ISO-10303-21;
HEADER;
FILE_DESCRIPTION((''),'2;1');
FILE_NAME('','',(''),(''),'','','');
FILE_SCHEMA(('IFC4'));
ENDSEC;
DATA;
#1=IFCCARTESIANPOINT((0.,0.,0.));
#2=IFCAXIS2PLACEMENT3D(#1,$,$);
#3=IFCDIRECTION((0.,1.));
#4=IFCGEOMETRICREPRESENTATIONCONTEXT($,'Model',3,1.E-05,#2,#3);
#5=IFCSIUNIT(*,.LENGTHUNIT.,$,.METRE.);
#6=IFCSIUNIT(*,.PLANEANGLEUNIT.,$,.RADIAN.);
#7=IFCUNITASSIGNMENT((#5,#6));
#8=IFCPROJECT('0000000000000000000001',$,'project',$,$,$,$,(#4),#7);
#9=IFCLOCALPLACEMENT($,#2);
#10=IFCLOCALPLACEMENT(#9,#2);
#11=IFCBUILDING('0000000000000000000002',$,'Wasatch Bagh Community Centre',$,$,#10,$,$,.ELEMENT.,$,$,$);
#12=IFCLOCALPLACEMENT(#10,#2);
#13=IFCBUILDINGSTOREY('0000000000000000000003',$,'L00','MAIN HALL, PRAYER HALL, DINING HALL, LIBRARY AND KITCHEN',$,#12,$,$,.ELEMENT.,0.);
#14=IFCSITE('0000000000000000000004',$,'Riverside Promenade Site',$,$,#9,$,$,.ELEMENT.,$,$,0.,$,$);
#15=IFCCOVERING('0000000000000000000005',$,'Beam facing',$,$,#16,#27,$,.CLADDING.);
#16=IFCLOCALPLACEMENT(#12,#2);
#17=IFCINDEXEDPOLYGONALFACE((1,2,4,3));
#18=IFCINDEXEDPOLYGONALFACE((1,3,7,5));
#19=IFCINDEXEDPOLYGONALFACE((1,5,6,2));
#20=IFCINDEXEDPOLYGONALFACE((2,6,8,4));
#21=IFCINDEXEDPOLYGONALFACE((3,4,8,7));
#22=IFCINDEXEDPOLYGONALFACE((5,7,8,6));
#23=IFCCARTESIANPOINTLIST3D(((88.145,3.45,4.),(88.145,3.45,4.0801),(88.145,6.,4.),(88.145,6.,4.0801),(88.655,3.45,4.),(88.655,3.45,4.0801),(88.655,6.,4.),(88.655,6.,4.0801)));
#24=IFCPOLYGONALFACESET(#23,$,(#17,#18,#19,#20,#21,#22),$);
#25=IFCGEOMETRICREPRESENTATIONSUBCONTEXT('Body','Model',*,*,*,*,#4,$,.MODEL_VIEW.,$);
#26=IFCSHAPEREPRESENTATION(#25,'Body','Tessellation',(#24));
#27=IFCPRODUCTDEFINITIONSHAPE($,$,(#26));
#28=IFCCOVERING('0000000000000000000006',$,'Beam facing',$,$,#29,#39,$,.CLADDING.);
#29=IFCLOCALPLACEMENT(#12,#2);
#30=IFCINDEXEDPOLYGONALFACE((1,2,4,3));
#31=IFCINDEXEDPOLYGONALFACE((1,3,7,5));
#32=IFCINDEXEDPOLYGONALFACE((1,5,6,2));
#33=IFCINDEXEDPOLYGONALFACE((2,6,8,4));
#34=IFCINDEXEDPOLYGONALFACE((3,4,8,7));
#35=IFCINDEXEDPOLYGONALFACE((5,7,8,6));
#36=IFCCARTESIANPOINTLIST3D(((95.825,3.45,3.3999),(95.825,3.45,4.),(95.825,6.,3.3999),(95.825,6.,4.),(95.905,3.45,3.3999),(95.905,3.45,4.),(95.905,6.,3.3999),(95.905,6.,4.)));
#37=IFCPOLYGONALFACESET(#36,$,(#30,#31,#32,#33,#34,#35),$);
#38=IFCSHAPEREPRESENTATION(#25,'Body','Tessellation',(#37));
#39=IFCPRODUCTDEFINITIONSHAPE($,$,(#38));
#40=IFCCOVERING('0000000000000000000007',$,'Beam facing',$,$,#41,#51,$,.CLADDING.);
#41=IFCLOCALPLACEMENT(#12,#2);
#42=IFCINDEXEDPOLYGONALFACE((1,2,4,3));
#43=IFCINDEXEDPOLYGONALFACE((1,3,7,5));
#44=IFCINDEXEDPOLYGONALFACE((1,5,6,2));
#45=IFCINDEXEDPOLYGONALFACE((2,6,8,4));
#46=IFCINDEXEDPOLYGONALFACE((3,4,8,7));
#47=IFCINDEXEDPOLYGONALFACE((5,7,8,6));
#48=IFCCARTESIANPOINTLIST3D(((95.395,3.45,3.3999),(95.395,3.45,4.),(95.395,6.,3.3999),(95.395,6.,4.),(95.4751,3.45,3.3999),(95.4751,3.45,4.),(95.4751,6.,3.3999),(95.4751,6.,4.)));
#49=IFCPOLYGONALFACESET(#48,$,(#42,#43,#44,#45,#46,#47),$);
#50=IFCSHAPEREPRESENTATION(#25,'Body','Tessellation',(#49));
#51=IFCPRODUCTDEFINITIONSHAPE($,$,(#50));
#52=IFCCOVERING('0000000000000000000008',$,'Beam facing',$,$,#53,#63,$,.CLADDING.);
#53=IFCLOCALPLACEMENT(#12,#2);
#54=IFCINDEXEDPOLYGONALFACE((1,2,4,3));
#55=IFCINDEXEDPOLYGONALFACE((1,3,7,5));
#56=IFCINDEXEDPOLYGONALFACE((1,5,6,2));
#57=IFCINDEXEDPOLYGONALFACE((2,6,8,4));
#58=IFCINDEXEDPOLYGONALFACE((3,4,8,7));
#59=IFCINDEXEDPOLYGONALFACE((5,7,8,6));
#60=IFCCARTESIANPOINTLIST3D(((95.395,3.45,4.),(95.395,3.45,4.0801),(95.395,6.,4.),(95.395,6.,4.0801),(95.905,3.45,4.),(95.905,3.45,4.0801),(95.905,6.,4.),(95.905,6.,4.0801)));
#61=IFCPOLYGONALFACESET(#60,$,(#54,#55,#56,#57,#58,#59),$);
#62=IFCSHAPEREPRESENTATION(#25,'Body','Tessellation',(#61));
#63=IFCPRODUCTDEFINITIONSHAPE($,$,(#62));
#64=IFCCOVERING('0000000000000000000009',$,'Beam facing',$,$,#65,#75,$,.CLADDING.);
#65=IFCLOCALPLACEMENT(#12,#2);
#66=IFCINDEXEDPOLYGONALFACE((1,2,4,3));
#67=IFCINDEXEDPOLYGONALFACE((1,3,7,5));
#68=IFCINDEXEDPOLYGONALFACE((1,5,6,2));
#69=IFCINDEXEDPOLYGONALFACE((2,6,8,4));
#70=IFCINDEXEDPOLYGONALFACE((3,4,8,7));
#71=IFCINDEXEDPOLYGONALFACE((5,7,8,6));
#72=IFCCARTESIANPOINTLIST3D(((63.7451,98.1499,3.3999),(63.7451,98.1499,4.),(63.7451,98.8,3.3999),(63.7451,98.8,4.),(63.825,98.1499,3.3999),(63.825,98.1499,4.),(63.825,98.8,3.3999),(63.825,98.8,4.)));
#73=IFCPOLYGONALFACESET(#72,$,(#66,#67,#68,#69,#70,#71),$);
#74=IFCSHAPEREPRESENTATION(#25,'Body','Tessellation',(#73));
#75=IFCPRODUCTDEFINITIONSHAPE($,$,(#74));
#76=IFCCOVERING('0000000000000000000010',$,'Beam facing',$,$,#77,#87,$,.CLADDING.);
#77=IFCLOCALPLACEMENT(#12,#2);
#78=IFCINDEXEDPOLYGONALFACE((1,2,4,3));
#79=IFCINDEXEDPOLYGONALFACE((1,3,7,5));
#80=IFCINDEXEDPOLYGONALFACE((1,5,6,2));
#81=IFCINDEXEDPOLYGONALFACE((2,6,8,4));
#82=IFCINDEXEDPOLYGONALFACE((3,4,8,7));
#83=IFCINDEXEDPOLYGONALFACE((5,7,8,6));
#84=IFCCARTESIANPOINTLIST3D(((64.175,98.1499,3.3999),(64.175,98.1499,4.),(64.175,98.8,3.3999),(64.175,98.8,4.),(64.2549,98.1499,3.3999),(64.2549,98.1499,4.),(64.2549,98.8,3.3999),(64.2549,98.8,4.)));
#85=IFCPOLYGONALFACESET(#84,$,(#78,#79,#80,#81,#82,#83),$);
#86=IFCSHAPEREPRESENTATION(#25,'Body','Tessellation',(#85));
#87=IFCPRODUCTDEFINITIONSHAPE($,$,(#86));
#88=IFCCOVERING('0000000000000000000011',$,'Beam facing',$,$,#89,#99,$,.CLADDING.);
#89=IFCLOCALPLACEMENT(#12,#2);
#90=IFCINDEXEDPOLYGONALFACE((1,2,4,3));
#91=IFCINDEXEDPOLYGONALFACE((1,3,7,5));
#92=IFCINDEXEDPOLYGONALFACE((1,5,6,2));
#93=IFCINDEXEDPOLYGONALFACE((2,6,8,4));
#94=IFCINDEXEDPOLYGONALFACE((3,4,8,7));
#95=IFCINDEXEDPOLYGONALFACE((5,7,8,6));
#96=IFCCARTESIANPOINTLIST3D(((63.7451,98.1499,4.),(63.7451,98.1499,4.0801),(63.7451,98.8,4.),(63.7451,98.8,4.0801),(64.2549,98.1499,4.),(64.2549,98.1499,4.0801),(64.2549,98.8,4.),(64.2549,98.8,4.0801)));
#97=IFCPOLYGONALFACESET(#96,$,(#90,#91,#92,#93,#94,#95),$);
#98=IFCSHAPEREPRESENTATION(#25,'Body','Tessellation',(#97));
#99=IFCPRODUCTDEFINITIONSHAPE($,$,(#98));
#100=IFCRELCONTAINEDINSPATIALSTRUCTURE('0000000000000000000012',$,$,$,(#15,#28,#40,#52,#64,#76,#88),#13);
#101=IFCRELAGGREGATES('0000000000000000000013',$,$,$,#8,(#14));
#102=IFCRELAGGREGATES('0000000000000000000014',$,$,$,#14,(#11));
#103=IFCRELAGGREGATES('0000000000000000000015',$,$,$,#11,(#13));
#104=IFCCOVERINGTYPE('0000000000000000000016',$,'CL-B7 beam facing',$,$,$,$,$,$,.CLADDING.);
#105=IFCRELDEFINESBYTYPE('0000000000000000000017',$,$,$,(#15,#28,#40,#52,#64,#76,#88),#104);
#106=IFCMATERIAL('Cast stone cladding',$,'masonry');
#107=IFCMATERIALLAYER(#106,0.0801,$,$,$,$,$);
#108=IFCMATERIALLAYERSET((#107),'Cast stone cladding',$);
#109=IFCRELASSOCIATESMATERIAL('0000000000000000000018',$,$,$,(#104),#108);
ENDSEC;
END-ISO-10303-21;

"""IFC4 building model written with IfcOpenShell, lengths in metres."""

from ifc_helpers import new_model, si_unit, direction, frame, origin, place, context, subcontext, project, spatial, polyline, outline, extrude, material, layer, layer_set, type_object, element, save


model = new_model("IFC4")

# Units and contexts
model_context = context("Model", 3, precision=1e-05, world=origin(), true_north=direction((0.0, 1.0)))
body_context = subcontext(model_context, "Body", "Model", "MODEL_VIEW")
ifc_project = project(units=[si_unit("LENGTHUNIT", "METRE"), si_unit("PLANEANGLEUNIT", "RADIAN")], contexts=[model_context])

# Site, building, storey
site_placement = place(None, origin())
site = spatial("IfcSite", under=ifc_project, at=site_placement, Name="Riverside Promenade Site", CompositionType="ELEMENT", RefElevation=0.0)
building_placement = place(site_placement, origin())
building = spatial("IfcBuilding", under=site, at=building_placement, Name="Wasatch Bagh Community Centre", CompositionType="ELEMENT")
storey_placement = place(building_placement, origin())
storey = spatial("IfcBuildingStorey", under=building, at=storey_placement, Name="L00", Description="MAIN HALL, PRAYER HALL, DINING HALL, LIBRARY AND KITCHEN", CompositionType="ELEMENT", Elevation=0.0)

# Coverings
ifc_material = material(Name="Cast stone cladding", Category="masonry")
ifc_layer = layer(ifc_material, 0.0801)
ifc_layer_set = layer_set([ifc_layer], Name="Cast stone cladding")
covering_type = type_object("IfcCoveringType", Name="CL-B7 beam facing", PredefinedType="CLADDING", material=ifc_layer_set)
covering_1_placement = place(storey_placement, frame((0.0, 0.0, 4.0)))
element("IfcCovering", 1, at=covering_1_placement, inside=storey, type_object=covering_type, Name="Beam facing", PredefinedType="CLADDING", context=body_context, shape_type="SweptSolid", body=[
    extrude(outline(polyline([(88.145, 6.0), (88.145, 3.45), (88.655, 3.45), (88.655, 6.0), (88.145, 6.0)])), origin(), (0.0, 0.0, 1.0), 0.0801),
])
covering_2_placement = place(storey_placement, frame((0.0, 0.0, 3.3999)))
element("IfcCovering", 2, at=covering_2_placement, inside=storey, type_object=covering_type, Name="Beam facing", PredefinedType="CLADDING", context=body_context, shape_type="SweptSolid", body=[
    extrude(outline(polyline([(95.825, 6.0), (95.825, 3.45), (95.905, 3.45), (95.905, 6.0), (95.825, 6.0)])), origin(), (0.0, 0.0, 1.0), 0.6001),
])
covering_3_placement = place(storey_placement, frame((0.0, 0.0, 3.3999)))
element("IfcCovering", 3, at=covering_3_placement, inside=storey, type_object=covering_type, Name="Beam facing", PredefinedType="CLADDING", context=body_context, shape_type="SweptSolid", body=[
    extrude(outline(polyline([(95.4751, 6.0), (95.4751, 3.45), (95.395, 3.45), (95.395, 6.0), (95.4751, 6.0)])), origin(), (0.0, 0.0, 1.0), 0.6001),
])
covering_4_placement = place(storey_placement, frame((0.0, 0.0, 4.0)))
element("IfcCovering", 4, at=covering_4_placement, inside=storey, type_object=covering_type, Name="Beam facing", PredefinedType="CLADDING", context=body_context, shape_type="SweptSolid", body=[
    extrude(outline(polyline([(95.395, 6.0), (95.395, 3.45), (95.905, 3.45), (95.905, 6.0), (95.395, 6.0)])), origin(), (0.0, 0.0, 1.0), 0.0801),
])
covering_5_placement = place(storey_placement, frame((0.0, 0.0, 3.3999)))
element("IfcCovering", 5, at=covering_5_placement, inside=storey, type_object=covering_type, Name="Beam facing", PredefinedType="CLADDING", context=body_context, shape_type="SweptSolid", body=[
    extrude(outline(polyline([(63.825, 98.1499), (63.825, 98.8), (63.7451, 98.8), (63.7451, 98.1499), (63.825, 98.1499)])), origin(), (0.0, 0.0, 1.0), 0.6001),
])
covering_6_placement = place(storey_placement, frame((0.0, 0.0, 3.3999)))
element("IfcCovering", 6, at=covering_6_placement, inside=storey, type_object=covering_type, Name="Beam facing", PredefinedType="CLADDING", context=body_context, shape_type="SweptSolid", body=[
    extrude(outline(polyline([(64.175, 98.1499), (64.175, 98.8), (64.2549, 98.8), (64.2549, 98.1499), (64.175, 98.1499)])), origin(), (0.0, 0.0, 1.0), 0.6001),
])
covering_7_placement = place(storey_placement, frame((0.0, 0.0, 4.0)))
element("IfcCovering", 7, at=covering_7_placement, inside=storey, type_object=covering_type, Name="Beam facing", PredefinedType="CLADDING", context=body_context, shape_type="SweptSolid", body=[
    extrude(outline(polyline([(64.2549, 98.1499), (64.2549, 98.8), (63.7451, 98.8), (63.7451, 98.1499), (64.2549, 98.1499)])), origin(), (0.0, 0.0, 1.0), 0.0801),
])

save(model, "model.ifc")
